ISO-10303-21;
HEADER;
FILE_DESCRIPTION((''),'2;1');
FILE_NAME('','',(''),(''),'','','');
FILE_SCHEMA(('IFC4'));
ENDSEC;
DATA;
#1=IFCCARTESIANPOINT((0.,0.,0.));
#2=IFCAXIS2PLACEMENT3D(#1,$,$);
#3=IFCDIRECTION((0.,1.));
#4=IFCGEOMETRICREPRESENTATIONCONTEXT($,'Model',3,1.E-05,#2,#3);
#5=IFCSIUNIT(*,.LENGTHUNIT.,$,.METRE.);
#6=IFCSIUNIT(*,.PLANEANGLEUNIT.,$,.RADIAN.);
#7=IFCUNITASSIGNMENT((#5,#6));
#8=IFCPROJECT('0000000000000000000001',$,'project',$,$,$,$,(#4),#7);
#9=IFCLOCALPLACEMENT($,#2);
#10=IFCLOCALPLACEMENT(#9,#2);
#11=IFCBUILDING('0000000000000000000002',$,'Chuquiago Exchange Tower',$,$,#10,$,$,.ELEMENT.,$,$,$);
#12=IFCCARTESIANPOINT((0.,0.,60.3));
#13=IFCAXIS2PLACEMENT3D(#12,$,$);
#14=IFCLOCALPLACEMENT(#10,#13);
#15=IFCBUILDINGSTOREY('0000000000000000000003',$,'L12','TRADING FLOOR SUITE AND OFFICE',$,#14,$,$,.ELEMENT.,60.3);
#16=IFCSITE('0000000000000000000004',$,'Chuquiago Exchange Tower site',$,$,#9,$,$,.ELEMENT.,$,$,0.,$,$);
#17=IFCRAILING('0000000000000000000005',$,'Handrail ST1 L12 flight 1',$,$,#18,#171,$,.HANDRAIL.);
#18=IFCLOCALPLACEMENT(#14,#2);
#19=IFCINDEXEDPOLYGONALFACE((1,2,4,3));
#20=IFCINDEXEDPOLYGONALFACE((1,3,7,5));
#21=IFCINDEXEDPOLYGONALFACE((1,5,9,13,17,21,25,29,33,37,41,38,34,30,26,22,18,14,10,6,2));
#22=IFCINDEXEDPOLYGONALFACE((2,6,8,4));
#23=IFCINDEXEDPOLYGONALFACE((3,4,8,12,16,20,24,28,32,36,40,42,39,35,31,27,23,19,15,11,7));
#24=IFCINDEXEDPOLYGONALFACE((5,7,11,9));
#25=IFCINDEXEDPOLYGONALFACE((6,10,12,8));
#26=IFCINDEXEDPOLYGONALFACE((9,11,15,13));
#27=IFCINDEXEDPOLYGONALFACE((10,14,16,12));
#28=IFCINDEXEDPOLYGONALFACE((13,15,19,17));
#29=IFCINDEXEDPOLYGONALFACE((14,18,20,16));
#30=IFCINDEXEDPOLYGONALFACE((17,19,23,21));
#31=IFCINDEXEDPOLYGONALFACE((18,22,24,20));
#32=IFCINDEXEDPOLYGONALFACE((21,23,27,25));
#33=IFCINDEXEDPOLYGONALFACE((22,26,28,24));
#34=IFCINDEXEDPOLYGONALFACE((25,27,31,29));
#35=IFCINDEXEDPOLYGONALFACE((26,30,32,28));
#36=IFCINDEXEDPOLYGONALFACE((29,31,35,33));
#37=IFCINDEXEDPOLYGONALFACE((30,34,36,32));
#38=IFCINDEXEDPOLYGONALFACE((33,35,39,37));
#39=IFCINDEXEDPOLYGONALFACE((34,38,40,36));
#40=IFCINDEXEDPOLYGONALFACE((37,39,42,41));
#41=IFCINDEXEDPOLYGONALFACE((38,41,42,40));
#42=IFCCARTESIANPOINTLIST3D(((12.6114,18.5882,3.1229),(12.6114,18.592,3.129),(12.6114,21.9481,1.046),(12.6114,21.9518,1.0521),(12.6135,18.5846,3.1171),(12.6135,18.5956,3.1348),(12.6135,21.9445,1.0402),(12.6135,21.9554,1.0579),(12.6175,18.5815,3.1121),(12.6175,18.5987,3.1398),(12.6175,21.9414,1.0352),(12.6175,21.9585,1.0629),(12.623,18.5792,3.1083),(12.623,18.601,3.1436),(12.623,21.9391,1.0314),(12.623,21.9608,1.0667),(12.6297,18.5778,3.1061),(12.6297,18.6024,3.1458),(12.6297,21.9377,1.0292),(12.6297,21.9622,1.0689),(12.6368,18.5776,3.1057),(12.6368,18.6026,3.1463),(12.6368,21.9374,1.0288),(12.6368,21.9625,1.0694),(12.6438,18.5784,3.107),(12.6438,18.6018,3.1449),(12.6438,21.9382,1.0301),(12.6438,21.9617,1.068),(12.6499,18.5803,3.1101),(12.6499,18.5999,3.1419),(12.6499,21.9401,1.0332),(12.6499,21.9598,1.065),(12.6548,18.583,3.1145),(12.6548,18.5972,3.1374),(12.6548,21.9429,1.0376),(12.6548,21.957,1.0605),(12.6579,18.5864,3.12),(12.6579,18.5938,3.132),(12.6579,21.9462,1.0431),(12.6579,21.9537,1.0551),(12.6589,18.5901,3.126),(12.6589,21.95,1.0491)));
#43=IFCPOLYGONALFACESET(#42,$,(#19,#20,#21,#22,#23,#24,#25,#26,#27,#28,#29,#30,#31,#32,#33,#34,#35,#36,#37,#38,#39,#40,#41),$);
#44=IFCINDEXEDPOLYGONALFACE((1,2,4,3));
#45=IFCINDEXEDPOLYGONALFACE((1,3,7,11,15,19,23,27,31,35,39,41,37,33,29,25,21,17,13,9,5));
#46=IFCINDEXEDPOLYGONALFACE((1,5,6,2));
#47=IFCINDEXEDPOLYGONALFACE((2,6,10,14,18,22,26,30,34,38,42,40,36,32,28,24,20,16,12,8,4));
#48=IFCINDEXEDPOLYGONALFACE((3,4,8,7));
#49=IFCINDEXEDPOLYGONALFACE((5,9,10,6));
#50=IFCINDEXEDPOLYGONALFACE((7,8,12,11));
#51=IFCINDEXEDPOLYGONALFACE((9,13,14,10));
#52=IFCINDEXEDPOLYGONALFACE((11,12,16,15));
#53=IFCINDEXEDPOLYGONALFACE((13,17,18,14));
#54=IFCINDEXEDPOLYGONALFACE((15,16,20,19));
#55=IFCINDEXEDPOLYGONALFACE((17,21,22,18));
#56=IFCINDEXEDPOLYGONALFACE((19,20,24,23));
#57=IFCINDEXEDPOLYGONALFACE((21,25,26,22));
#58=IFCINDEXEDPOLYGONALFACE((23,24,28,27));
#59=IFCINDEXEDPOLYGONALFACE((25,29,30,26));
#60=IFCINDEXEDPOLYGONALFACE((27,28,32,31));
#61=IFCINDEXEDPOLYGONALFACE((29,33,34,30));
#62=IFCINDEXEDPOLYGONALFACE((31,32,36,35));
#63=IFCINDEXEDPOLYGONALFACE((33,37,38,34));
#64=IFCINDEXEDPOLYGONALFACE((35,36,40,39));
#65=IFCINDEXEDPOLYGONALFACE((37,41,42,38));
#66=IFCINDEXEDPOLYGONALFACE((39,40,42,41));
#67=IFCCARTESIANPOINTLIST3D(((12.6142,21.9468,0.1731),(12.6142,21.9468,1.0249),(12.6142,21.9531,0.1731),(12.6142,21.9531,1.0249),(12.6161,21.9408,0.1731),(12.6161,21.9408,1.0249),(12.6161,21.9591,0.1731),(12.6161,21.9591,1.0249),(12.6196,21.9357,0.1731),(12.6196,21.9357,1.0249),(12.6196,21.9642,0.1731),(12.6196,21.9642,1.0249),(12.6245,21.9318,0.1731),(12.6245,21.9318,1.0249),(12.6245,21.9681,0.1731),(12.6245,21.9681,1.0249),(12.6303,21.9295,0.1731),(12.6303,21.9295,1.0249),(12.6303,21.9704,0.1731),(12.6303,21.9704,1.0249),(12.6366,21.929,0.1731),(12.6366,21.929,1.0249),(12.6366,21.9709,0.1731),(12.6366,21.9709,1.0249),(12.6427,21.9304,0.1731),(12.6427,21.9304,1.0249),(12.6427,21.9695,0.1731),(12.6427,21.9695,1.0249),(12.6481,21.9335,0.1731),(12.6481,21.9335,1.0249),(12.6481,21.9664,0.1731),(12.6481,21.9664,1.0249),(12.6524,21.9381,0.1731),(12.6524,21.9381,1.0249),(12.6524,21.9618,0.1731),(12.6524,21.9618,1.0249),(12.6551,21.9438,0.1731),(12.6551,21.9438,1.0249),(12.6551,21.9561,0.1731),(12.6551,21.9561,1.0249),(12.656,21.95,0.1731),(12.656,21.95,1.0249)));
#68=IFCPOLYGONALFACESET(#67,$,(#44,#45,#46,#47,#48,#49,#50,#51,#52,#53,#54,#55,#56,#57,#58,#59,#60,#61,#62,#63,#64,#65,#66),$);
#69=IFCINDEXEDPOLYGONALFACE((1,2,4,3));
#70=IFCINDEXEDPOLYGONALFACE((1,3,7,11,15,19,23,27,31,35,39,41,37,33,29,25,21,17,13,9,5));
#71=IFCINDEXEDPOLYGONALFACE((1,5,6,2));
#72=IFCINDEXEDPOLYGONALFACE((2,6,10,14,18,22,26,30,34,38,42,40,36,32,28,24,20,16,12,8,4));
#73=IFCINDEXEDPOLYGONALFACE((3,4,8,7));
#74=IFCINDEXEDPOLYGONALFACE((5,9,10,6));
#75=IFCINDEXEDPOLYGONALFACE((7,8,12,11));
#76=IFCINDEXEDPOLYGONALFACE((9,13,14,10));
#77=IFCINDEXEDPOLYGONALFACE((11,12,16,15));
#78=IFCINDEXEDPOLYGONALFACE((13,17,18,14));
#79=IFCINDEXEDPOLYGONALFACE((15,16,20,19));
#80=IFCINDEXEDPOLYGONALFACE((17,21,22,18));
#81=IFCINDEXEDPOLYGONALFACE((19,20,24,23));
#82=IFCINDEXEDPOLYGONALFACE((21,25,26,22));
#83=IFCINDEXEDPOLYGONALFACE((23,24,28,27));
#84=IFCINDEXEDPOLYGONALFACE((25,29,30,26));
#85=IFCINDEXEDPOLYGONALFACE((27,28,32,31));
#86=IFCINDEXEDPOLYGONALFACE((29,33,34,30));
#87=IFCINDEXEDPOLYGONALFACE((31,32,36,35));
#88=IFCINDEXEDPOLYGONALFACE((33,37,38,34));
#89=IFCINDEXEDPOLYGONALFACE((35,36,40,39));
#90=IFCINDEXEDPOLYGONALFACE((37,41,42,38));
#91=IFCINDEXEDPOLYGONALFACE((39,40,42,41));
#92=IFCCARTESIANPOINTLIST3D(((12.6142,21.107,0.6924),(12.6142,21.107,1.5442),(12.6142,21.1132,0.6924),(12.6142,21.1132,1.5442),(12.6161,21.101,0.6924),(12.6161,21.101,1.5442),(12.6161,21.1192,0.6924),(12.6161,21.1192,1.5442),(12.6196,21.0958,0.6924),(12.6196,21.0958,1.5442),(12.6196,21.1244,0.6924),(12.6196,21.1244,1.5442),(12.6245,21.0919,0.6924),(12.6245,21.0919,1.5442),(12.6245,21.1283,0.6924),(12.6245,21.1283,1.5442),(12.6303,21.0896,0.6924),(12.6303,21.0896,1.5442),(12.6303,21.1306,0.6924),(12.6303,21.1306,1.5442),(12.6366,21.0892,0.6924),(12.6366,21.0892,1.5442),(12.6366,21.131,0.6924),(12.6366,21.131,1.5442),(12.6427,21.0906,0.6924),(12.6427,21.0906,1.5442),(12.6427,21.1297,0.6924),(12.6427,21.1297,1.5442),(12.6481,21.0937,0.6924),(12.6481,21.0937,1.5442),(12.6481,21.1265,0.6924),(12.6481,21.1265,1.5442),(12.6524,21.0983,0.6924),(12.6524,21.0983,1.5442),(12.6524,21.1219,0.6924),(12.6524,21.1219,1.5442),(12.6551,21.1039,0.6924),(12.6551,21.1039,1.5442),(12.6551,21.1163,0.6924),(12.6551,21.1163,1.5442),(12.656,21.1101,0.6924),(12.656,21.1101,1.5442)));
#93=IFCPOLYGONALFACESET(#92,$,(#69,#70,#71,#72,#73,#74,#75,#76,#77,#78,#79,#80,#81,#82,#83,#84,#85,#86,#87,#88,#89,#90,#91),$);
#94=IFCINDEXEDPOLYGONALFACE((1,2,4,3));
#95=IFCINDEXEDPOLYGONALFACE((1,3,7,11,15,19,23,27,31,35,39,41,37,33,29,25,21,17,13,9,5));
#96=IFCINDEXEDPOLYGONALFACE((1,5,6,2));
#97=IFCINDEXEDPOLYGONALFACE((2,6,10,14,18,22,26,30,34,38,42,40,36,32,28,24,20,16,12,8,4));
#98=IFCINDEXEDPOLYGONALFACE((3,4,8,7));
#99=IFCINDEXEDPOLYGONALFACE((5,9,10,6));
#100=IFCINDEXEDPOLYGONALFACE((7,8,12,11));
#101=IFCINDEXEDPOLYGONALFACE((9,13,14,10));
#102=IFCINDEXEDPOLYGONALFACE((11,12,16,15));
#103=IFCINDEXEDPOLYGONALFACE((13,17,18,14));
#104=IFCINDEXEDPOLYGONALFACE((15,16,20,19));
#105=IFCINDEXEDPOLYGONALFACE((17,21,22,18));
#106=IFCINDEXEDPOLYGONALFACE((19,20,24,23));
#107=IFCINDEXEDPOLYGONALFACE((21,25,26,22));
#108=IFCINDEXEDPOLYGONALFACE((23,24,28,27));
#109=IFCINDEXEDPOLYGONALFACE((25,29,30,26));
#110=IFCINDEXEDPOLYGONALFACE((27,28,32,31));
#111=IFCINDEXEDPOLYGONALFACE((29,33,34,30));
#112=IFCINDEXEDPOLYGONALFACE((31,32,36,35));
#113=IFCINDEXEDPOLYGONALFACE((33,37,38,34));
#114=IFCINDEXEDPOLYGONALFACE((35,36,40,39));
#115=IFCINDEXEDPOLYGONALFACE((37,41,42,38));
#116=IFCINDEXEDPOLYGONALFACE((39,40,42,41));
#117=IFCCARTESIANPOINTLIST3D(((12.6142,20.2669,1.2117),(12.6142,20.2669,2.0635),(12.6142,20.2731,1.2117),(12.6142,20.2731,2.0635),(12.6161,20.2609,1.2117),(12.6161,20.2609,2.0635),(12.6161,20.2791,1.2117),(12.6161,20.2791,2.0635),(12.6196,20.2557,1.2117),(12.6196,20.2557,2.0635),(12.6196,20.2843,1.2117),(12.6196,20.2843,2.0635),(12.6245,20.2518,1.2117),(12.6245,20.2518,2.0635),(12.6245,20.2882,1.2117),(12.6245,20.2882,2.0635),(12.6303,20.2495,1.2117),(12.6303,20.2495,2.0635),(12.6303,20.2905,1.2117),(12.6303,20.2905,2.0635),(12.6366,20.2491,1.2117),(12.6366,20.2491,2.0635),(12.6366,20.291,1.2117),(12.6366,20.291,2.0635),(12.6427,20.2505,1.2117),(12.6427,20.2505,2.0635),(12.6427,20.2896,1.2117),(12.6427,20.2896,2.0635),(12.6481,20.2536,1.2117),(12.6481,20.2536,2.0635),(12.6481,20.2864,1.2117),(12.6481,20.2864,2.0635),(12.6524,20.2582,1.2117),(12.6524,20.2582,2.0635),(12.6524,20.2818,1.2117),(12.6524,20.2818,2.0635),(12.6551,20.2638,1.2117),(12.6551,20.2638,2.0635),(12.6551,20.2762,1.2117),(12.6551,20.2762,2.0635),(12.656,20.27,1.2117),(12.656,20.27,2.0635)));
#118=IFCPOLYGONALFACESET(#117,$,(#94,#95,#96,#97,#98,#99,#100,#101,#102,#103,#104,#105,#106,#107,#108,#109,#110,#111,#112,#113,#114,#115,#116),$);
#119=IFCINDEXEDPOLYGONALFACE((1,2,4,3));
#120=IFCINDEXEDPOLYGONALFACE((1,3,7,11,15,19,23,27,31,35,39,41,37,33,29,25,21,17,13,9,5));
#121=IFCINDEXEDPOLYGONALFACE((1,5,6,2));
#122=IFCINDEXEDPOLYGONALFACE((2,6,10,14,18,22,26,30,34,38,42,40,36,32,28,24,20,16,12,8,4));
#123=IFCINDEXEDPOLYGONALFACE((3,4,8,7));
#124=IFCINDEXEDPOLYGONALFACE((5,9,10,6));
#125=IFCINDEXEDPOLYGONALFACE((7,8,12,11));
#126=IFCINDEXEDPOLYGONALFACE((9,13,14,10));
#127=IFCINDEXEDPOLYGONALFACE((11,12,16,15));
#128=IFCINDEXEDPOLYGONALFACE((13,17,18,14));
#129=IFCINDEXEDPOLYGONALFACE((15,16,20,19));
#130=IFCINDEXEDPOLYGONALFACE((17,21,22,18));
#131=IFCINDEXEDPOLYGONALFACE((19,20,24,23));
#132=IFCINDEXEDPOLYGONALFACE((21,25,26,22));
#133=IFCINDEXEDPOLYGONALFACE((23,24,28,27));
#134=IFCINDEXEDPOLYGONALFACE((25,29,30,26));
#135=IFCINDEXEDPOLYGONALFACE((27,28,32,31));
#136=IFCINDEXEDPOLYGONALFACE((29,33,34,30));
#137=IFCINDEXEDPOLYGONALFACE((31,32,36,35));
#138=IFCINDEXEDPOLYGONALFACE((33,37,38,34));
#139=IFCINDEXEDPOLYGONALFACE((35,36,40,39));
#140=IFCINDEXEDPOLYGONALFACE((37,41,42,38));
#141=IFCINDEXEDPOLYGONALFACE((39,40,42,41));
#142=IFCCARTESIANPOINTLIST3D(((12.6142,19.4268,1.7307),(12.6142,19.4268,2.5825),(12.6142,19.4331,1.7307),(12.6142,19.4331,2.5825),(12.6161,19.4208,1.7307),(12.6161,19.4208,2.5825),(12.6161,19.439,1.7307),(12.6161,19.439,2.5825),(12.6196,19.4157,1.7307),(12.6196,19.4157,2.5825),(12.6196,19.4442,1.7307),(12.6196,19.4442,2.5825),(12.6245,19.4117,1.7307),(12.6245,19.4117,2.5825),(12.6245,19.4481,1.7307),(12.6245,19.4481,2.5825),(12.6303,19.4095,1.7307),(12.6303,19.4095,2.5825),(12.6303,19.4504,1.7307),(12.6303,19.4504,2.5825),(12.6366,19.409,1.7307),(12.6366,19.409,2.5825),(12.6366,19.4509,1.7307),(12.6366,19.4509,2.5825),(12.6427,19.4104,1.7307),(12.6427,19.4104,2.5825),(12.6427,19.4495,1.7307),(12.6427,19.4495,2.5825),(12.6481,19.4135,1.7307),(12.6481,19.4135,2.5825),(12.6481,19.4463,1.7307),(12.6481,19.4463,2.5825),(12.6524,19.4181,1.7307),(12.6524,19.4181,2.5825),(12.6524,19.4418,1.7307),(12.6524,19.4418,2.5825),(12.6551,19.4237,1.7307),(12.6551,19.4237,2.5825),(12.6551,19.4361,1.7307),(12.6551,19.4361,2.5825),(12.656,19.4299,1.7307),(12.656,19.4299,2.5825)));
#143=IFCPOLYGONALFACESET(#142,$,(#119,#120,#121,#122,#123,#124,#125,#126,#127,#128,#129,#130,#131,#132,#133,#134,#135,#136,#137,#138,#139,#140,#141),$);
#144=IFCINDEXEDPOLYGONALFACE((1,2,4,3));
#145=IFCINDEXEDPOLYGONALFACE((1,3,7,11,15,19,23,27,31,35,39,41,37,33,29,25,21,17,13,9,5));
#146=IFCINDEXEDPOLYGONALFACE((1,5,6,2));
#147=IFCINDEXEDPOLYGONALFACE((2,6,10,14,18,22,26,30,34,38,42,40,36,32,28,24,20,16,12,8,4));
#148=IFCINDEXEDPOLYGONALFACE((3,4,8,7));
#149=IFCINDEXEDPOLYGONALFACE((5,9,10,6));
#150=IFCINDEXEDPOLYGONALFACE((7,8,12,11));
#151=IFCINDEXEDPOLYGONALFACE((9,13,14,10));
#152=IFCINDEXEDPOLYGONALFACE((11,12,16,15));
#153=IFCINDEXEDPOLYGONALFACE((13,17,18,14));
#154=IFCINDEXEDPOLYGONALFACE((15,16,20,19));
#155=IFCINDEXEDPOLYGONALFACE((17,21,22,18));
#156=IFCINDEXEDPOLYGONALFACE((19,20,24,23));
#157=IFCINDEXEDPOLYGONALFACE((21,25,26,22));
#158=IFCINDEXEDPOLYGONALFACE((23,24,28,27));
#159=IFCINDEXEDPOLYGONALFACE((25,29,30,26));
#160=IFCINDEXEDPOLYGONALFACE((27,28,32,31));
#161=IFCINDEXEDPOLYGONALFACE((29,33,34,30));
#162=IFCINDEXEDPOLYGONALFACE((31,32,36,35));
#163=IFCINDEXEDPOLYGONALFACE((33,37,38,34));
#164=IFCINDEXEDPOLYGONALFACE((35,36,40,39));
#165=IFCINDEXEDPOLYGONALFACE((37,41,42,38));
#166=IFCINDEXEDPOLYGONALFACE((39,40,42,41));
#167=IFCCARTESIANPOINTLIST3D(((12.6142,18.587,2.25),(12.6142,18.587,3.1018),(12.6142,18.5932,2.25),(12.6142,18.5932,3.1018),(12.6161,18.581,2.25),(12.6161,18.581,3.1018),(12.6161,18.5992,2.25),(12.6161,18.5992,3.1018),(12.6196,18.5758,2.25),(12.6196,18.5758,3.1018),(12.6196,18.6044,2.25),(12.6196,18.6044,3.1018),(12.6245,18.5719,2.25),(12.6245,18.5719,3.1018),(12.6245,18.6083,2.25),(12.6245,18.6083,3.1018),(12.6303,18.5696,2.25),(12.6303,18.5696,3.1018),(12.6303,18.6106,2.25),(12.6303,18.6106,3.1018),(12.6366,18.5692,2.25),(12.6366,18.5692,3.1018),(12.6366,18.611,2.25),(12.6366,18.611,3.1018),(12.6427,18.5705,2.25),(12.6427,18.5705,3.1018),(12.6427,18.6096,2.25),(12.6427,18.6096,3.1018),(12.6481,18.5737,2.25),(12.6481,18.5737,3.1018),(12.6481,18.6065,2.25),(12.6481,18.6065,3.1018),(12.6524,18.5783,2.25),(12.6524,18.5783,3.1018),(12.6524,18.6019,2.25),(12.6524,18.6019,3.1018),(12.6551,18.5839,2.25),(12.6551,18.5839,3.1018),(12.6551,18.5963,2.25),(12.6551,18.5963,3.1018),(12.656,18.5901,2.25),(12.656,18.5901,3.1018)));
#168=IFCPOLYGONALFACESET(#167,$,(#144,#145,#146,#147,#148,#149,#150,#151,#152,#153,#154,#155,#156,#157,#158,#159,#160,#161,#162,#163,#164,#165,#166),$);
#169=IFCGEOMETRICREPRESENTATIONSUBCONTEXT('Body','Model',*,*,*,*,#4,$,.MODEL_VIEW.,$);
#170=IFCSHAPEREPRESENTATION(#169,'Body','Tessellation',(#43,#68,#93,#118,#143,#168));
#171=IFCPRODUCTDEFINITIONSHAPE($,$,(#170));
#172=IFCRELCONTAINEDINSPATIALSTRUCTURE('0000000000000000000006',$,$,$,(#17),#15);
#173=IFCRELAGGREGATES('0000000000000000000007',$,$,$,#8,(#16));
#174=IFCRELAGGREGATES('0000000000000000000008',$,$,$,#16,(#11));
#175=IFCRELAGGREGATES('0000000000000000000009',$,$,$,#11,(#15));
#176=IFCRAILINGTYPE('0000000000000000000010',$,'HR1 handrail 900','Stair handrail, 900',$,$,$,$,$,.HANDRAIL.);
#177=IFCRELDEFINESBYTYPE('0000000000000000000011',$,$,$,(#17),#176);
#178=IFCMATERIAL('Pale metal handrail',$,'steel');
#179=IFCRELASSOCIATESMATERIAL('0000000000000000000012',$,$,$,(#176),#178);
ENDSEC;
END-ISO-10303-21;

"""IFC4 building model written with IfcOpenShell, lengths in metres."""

from ifc_helpers import new_model, si_unit, direction, frame, origin, origin_2d, place, context, subcontext, project, spatial, circle, extrude, material, type_object, element, save


model = new_model("IFC4")

# Units and contexts
model_context = context("Model", 3, precision=1e-05, world=origin(), true_north=direction((0.0, 1.0)))
body_context = subcontext(model_context, "Body", "Model", "MODEL_VIEW")
ifc_project = project(units=[si_unit("LENGTHUNIT", "METRE"), si_unit("PLANEANGLEUNIT", "RADIAN")], contexts=[model_context])

# Site, building, storey
site_placement = place(None, origin())
site = spatial("IfcSite", under=ifc_project, at=site_placement, Name="Chuquiago Exchange Tower site", CompositionType="ELEMENT", RefElevation=0.0)
building_placement = place(site_placement, origin())
building = spatial("IfcBuilding", under=site, at=building_placement, Name="Chuquiago Exchange Tower", CompositionType="ELEMENT")
storey_placement = place(building_placement, frame((0.0, 0.0, 60.3)))
storey = spatial("IfcBuildingStorey", under=building, at=storey_placement, Name="L12", Description="TRADING FLOOR SUITE AND OFFICE", CompositionType="ELEMENT", Elevation=60.3)

# Railing
ifc_material_1 = material(Name="Pale metal handrail", Category="steel")
railing_type_1 = type_object("IfcRailingType", Name="HR1 handrail 900", Description="Stair handrail, 900", PredefinedType="HANDRAIL", material=ifc_material_1)
railing_placement = place(storey_placement, frame((12.635, 21.95, 0.1731)))
element("IfcRailing", 1, at=railing_placement, inside=storey, type_object=railing_type_1, Name="Handrail ST1 L12 flight 1", PredefinedType="HANDRAIL", context=body_context, shape_type="SweptSolid", body=[
    extrude(circle(Radius=0.0239, at=origin_2d()), frame((0.0, 0.0, 0.876), z_axis=(0.0, -0.850606, 0.525803), x_axis=(1.0, 0.0, 0.0)), (0.0, 0.0, 1.0), 3.95),
    extrude(circle(Radius=0.021, at=origin_2d()), origin(), (0.0, 0.0, 1.0), 0.8518),
    extrude(circle(Radius=0.021, at=origin_2d()), frame((0.0, -0.8398, 0.5193)), (0.0, 0.0, 1.0), 0.8518),
    extrude(circle(Radius=0.021, at=origin_2d()), frame((0.0, -1.6799, 1.0386)), (0.0, 0.0, 1.0), 0.8518),
    extrude(circle(Radius=0.021, at=origin_2d()), frame((0.0, -2.52, 1.5576)), (0.0, 0.0, 1.0), 0.8518),
    extrude(circle(Radius=0.021, at=origin_2d()), frame((0.0, -3.3599, 2.0769)), (0.0, 0.0, 1.0), 0.8518),
])

save(model, "model.ifc")
